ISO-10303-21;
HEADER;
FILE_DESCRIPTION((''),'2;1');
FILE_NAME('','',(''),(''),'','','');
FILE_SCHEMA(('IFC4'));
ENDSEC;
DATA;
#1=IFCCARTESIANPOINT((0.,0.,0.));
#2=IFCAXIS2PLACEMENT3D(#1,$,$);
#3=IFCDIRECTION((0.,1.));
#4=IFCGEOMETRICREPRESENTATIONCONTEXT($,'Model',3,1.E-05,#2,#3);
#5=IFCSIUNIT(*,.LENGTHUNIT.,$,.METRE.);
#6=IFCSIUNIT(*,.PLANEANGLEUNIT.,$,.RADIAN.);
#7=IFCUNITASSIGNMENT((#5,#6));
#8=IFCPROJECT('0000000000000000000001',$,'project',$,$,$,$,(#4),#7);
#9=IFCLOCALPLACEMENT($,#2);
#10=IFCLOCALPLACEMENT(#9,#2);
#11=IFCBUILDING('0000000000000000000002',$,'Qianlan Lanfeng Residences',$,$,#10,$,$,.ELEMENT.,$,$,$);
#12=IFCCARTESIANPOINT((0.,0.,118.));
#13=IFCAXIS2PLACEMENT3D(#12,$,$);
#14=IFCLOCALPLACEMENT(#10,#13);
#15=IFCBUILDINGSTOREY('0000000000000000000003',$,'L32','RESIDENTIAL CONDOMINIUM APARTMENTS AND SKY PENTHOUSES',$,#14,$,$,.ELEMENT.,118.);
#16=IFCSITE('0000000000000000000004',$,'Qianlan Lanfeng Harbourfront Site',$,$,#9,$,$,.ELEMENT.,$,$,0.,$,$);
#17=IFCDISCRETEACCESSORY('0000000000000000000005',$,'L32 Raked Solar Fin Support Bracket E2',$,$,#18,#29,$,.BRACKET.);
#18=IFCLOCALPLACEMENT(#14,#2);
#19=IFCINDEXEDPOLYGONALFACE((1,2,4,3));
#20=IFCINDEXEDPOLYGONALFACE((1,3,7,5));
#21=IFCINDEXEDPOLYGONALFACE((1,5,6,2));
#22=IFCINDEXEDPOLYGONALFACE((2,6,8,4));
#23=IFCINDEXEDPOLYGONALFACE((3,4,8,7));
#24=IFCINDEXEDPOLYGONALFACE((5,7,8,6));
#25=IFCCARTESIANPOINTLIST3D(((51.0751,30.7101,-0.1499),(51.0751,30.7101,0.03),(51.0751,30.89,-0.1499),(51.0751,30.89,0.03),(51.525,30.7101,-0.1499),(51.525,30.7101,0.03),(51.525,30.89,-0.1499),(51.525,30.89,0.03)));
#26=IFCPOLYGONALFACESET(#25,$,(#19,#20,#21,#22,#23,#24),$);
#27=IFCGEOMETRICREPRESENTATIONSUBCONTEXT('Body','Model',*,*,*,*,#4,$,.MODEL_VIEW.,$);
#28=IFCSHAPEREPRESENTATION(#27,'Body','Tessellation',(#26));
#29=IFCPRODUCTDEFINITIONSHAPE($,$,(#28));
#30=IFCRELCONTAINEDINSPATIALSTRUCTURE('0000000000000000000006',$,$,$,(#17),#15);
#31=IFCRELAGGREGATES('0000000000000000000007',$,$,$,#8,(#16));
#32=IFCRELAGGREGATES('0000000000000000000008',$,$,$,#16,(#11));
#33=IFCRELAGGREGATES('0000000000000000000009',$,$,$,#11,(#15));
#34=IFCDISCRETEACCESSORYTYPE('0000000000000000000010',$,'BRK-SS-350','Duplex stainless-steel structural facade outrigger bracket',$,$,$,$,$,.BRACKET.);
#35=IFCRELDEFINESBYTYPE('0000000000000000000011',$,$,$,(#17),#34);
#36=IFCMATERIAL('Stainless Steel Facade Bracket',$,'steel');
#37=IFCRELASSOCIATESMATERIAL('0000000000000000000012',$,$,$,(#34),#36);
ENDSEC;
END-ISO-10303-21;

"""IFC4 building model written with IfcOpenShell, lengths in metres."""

from ifc_helpers import new_model, si_unit, direction, frame, origin, origin_2d, place, context, subcontext, project, spatial, rectangle, extrude, source, transform, mapped, material, type_object, element, save


model = new_model("IFC4")

# Units and contexts
model_context = context("Model", 3, precision=1e-05, world=origin(), true_north=direction((0.0, 1.0)))
body_context = subcontext(model_context, "Body", "Model", "MODEL_VIEW")
ifc_project = project(units=[si_unit("LENGTHUNIT", "METRE"), si_unit("PLANEANGLEUNIT", "RADIAN")], contexts=[model_context])

# Site, building, storey
site_placement = place(None, origin())
site = spatial("IfcSite", under=ifc_project, at=site_placement, Name="Qianlan Lanfeng Harbourfront Site", CompositionType="ELEMENT", RefElevation=0.0)
building_placement = place(site_placement, origin())
building = spatial("IfcBuilding", under=site, at=building_placement, Name="Qianlan Lanfeng Residences", CompositionType="ELEMENT")
storey_placement = place(building_placement, frame((0.0, 0.0, 118.0)))
storey = spatial("IfcBuildingStorey", under=building, at=storey_placement, Name="L32", Description="RESIDENTIAL CONDOMINIUM APARTMENTS AND SKY PENTHOUSES", CompositionType="ELEMENT", Elevation=118.0)

# Discrete accessory
ifc_material_1 = material(Name="Stainless Steel Facade Bracket", Category="steel")
discrete_accessory_type = type_object("IfcDiscreteAccessoryType", Name="BRK-SS-350", Description="Duplex stainless-steel structural facade outrigger bracket", PredefinedType="BRACKET", material=ifc_material_1)
shared_shape_1 = source(origin(), body_context, "Body", "SweptSolid", [
    extrude(rectangle(XDim=0.45, YDim=0.1799, at=origin_2d()), origin(), (0.0, 0.0, 1.0), 0.1799),
])
discrete_accessory_placement = place(storey_placement, frame((51.3, 30.8, -0.1499), z_axis=(0.0, 0.0, 1.0), x_axis=(1.0, 0.0, 0.0)))
element("IfcDiscreteAccessory", 1, at=discrete_accessory_placement, inside=storey, type_object=discrete_accessory_type, Name="L32 Raked Solar Fin Support Bracket E2", PredefinedType="BRACKET", context=body_context, shape_type="MappedRepresentation", body=[
    mapped(shared_shape_1, transform((0.0, 0.0, 0.0), scale=1.0)),
])

save(model, "model.ifc")
